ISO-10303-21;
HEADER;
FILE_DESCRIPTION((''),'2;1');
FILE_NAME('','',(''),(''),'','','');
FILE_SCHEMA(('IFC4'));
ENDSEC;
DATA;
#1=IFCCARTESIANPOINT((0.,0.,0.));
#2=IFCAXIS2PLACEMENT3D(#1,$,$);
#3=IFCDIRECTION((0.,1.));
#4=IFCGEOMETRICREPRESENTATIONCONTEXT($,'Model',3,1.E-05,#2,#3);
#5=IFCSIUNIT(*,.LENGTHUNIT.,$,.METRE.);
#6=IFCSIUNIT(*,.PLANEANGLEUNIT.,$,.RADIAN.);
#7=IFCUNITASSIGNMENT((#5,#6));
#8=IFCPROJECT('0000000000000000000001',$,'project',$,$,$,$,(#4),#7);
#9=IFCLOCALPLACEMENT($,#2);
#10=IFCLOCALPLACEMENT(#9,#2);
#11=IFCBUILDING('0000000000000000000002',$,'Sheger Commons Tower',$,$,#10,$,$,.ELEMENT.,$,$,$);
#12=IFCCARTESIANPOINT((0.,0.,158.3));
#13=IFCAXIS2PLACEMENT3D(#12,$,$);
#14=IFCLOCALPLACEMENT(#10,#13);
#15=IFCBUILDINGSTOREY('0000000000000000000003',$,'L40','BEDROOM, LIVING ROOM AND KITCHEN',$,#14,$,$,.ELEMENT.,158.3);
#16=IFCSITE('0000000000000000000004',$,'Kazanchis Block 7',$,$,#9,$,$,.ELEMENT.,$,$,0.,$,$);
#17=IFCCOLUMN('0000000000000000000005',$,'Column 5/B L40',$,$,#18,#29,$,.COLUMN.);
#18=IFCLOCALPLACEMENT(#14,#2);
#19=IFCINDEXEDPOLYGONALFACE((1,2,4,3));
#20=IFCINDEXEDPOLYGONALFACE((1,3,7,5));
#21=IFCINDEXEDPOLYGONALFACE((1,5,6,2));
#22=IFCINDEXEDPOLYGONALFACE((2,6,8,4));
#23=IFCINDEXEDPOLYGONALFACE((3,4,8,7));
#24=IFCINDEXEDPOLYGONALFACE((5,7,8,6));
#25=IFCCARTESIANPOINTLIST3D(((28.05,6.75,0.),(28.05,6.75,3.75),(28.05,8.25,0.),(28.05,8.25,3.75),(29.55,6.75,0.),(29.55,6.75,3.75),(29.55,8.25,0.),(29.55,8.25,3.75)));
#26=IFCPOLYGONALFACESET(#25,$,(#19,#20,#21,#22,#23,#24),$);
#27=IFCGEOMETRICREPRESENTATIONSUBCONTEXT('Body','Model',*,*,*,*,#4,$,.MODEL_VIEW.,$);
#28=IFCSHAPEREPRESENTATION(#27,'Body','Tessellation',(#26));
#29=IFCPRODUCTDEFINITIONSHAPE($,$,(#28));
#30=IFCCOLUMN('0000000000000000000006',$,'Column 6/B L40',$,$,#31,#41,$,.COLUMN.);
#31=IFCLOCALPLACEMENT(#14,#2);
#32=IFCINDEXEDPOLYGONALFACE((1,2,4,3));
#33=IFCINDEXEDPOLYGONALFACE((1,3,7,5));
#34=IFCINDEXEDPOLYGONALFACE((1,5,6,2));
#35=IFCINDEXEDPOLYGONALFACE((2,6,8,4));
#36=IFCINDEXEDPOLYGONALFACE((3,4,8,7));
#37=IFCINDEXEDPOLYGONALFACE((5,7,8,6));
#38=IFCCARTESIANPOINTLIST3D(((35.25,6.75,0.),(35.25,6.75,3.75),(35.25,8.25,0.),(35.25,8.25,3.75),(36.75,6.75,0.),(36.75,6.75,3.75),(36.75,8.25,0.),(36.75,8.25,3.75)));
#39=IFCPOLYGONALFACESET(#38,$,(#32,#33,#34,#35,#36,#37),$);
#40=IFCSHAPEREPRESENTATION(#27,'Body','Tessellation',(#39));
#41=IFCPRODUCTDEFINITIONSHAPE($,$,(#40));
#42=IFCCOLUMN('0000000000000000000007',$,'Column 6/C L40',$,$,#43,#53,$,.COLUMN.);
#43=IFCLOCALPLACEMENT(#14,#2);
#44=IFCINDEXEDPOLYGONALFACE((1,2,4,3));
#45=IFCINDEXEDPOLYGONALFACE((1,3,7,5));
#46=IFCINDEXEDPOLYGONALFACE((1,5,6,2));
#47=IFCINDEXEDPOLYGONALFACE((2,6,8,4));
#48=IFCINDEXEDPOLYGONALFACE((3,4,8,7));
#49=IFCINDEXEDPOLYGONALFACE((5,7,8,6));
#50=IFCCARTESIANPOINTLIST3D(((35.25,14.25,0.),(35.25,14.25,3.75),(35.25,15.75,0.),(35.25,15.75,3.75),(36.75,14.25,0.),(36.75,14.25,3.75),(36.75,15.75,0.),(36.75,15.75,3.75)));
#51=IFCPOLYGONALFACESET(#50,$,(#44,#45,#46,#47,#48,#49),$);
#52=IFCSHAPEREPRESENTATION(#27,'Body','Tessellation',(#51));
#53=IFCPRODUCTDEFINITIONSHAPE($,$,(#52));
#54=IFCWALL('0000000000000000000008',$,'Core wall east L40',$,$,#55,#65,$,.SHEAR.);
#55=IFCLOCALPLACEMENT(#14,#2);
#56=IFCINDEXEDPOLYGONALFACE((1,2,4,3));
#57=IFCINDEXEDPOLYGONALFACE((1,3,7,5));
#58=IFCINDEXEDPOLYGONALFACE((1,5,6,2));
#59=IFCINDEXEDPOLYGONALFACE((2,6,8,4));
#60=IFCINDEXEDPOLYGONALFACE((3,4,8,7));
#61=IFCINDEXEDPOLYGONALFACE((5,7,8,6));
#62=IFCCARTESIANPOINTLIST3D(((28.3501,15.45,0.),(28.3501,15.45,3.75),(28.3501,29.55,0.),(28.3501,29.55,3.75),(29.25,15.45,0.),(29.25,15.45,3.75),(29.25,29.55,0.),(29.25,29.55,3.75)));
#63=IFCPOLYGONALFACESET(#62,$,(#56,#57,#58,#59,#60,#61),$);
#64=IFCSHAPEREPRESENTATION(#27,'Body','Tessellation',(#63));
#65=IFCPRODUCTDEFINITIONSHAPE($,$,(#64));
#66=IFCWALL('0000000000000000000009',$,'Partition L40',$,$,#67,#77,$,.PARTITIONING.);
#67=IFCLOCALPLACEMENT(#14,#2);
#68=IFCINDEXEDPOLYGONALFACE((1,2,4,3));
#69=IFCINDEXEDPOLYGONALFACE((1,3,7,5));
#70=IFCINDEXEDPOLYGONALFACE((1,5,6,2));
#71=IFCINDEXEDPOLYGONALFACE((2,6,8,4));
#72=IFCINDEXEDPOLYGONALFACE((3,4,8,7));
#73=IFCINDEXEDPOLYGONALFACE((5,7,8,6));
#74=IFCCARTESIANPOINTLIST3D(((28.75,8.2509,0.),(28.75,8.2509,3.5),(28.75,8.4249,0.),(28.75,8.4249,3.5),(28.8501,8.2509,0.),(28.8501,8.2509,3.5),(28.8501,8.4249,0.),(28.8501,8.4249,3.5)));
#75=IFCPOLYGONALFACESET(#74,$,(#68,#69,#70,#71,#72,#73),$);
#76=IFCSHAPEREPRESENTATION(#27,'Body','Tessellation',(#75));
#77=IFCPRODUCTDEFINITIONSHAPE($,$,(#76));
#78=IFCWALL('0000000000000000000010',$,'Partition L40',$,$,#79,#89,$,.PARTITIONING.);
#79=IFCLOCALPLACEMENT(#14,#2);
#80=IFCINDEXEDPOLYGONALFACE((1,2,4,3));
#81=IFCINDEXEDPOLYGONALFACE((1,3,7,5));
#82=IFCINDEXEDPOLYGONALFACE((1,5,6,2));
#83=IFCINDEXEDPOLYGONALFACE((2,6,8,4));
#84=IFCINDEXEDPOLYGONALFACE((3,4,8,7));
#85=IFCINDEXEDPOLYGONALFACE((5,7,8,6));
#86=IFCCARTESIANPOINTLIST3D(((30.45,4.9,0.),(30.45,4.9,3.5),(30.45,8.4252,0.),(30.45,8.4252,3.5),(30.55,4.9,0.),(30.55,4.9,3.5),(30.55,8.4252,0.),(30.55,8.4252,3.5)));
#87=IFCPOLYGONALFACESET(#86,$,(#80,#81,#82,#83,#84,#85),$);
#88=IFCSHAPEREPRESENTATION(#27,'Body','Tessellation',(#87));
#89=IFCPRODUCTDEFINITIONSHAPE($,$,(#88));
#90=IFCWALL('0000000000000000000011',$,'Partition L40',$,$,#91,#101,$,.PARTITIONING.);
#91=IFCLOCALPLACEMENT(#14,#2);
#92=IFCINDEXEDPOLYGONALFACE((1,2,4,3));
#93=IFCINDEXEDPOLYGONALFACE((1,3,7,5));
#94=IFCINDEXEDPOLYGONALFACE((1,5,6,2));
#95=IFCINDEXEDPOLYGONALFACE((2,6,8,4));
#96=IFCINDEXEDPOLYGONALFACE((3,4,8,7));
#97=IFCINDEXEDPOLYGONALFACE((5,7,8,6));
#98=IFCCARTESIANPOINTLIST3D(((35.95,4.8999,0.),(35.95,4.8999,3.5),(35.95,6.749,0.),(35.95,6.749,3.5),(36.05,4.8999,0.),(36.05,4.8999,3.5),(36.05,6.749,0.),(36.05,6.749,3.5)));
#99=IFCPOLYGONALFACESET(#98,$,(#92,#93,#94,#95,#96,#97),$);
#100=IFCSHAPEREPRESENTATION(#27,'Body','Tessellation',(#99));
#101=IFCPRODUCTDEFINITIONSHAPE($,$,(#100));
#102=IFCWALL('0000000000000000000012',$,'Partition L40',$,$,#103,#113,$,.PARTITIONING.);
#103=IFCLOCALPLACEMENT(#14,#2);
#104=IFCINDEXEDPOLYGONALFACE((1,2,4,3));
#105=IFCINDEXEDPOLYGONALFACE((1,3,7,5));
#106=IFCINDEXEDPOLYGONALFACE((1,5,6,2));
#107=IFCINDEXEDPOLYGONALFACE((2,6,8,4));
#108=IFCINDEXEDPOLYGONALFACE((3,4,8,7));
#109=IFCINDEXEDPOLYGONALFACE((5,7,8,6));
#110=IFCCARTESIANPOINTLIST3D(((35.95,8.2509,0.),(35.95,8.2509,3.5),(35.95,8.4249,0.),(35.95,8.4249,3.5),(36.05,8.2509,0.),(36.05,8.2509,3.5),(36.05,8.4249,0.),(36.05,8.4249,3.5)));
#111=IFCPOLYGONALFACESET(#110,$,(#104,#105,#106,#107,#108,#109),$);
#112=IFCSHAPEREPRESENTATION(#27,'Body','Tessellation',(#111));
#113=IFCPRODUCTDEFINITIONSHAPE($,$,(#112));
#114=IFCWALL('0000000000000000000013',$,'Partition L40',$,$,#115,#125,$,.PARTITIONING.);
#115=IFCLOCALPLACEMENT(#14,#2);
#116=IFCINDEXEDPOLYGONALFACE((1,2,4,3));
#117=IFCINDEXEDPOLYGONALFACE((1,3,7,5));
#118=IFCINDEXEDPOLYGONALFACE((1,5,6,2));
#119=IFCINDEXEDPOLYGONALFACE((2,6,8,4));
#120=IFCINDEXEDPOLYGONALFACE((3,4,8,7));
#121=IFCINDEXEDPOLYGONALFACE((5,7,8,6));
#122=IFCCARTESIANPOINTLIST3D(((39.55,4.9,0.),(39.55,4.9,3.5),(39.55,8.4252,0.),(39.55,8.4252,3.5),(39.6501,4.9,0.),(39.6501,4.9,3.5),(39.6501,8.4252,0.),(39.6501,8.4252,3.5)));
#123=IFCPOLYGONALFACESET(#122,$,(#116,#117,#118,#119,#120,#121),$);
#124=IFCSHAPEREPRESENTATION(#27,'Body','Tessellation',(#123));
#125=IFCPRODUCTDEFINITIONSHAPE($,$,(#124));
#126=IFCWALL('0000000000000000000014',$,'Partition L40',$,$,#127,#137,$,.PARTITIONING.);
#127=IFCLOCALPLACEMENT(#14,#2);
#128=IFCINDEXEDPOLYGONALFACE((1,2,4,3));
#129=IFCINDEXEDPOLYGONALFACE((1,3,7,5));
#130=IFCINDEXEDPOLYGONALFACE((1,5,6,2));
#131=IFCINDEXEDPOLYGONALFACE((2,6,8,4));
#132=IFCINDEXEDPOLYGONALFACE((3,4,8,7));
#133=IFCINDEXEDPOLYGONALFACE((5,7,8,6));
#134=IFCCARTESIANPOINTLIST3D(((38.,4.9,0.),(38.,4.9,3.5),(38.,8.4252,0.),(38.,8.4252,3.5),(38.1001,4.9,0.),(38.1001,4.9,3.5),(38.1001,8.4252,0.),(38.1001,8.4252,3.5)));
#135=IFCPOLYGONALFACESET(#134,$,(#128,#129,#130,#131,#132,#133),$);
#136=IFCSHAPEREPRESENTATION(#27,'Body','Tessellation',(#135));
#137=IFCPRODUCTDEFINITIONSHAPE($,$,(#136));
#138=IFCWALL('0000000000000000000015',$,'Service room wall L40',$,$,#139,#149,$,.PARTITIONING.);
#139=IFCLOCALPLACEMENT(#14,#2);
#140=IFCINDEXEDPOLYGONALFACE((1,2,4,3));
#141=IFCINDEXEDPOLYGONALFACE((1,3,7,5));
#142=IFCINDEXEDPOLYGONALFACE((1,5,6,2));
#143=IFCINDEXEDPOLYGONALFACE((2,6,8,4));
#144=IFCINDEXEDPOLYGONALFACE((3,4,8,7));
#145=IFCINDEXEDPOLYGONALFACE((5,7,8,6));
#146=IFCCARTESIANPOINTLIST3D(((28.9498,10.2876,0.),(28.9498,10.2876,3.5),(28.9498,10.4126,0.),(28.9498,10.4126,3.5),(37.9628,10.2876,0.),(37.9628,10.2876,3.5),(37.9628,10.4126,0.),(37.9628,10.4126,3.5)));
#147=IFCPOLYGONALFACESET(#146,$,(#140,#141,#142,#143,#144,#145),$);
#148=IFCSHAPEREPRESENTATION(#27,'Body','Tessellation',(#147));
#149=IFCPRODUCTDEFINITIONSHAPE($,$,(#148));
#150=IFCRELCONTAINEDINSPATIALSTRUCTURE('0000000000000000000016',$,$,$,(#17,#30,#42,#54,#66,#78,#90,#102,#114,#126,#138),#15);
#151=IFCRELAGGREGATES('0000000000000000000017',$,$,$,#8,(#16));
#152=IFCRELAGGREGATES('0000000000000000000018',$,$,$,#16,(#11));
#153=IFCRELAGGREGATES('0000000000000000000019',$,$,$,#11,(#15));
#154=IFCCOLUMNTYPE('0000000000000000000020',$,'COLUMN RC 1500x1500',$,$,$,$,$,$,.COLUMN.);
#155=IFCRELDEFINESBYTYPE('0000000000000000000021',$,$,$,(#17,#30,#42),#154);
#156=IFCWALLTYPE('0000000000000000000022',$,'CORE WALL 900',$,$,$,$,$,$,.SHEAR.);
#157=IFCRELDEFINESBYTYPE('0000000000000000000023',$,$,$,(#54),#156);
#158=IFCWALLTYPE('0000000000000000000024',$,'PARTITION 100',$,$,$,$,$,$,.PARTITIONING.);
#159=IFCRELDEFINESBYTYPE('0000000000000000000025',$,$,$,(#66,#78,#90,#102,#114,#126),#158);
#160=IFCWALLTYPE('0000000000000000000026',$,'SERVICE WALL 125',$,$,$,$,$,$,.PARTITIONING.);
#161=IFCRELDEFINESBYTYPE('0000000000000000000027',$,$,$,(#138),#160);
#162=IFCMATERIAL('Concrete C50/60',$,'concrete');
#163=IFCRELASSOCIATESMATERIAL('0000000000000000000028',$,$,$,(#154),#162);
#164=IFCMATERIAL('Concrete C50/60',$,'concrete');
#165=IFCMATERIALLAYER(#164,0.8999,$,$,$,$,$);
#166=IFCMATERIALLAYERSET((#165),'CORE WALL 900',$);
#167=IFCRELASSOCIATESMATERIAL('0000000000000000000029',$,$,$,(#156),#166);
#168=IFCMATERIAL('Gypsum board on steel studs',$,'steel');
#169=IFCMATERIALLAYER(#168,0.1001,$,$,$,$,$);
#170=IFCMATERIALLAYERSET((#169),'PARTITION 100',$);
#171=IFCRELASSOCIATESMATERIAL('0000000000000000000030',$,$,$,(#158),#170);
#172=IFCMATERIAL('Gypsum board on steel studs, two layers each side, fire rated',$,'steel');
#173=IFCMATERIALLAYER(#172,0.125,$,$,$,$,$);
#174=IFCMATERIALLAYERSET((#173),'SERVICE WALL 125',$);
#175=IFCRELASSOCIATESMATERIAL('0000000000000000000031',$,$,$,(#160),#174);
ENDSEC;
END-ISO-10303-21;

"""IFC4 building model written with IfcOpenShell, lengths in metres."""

from ifc_helpers import new_model, si_unit, direction, frame, frame_2d, origin, origin_2d, place, context, subcontext, project, spatial, rectangle, extrude, material, layer, layer_set, material_profile, profile_set, type_object, element, save


model = new_model("IFC4")

# Units and contexts
model_context = context("Model", 3, precision=1e-05, world=origin(), true_north=direction((0.0, 1.0)))
body_context = subcontext(model_context, "Body", "Model", "MODEL_VIEW")
ifc_project = project(units=[si_unit("LENGTHUNIT", "METRE"), si_unit("PLANEANGLEUNIT", "RADIAN")], contexts=[model_context])

# Site, building, storey
site_placement = place(None, origin())
site = spatial("IfcSite", under=ifc_project, at=site_placement, Name="Kazanchis Block 7", CompositionType="ELEMENT", RefElevation=0.0)
building_placement = place(site_placement, origin())
building = spatial("IfcBuilding", under=site, at=building_placement, Name="Sheger Commons Tower", CompositionType="ELEMENT")
storey_placement = place(building_placement, frame((0.0, 0.0, 158.3)))
storey = spatial("IfcBuildingStorey", under=building, at=storey_placement, Name="L40", Description="BEDROOM, LIVING ROOM AND KITCHEN", CompositionType="ELEMENT", Elevation=158.3)

# Columns
ifc_material_1 = material(Name="Concrete C50/60", Category="concrete")
ifc_material_profile = material_profile(ifc_material_1, rectangle(XDim=1.5, YDim=1.5, at=origin_2d()), Name="RC 1500x1500")
ifc_profile_set = profile_set([ifc_material_profile], Name="Concrete C50/60")
column_type = type_object("IfcColumnType", Name="COLUMN RC 1500x1500", PredefinedType="COLUMN", material=ifc_profile_set)
for number, where, z_axis, x_axis, name in (
    (1, (28.8, 7.5, 0.0), (0.0, 0.0, 1.0), (1.0, 0.0, 0.0), "Column 5/B L40"),
    (2, (36.0, 7.5, 0.0), (0.0, 0.0, 1.0), (1.0, 0.0, 0.0), "Column 6/B L40"),
    (3, (36.0, 15.0, 0.0), (0.0, 0.0, 1.0), (1.0, 0.0, 0.0), "Column 6/C L40"),
):
    element("IfcColumn", number, at=place(storey_placement, frame(where, z_axis=z_axis, x_axis=x_axis)), inside=storey, type_object=column_type, Name=name, PredefinedType="COLUMN", context=body_context, shape_type="SweptSolid", body=[
        extrude(rectangle(XDim=1.5, YDim=1.5, at=origin_2d()), origin(), (0.0, 0.0, 1.0), 3.75),
    ])

# Walls
ifc_material_2 = material(Name="Concrete C50/60", Category="concrete")
ifc_layer_1 = layer(ifc_material_2, 0.8999)
ifc_layer_set_1 = layer_set([ifc_layer_1], Name="CORE WALL 900")
wall_type_1 = type_object("IfcWallType", Name="CORE WALL 900", PredefinedType="SHEAR", material=ifc_layer_set_1)
wall_1_placement = place(storey_placement, frame((28.8, 15.45, 0.0), z_axis=(0.0, 0.0, 1.0), x_axis=(0.0, 1.0, 0.0)))
element("IfcWall", 4, at=wall_1_placement, inside=storey, type_object=wall_type_1, Name="Core wall east L40", PredefinedType="SHEAR", context=body_context, shape_type="SweptSolid", body=[
    extrude(rectangle(XDim=14.1001, YDim=0.8999, at=frame_2d((7.05, 0.0))), origin(), (0.0, 0.0, 1.0), 3.75),
])
ifc_material_3 = material(Name="Gypsum board on steel studs", Category="steel")
ifc_layer_2 = layer(ifc_material_3, 0.1001)
ifc_layer_set_2 = layer_set([ifc_layer_2], Name="PARTITION 100")
wall_type_2 = type_object("IfcWallType", Name="PARTITION 100", PredefinedType="PARTITIONING", material=ifc_layer_set_2)
wall_2_placement = place(storey_placement, frame((28.8, 8.251, 0.0), z_axis=(0.0, 0.0, 1.0), x_axis=(0.0, 1.0, 0.0)))
element("IfcWall", 5, at=wall_2_placement, inside=storey, type_object=wall_type_2, Name="Partition L40", PredefinedType="PARTITIONING", context=body_context, shape_type="SweptSolid", body=[
    extrude(rectangle(XDim=0.1741, YDim=0.1001, at=frame_2d((0.0869, 0.0))), origin(), (0.0, 0.0, 1.0), 3.5),
])
wall_3_placement = place(storey_placement, frame((30.5, 4.8999, 0.0), z_axis=(0.0, 0.0, 1.0), x_axis=(0.0, 1.0, 0.0)))
element("IfcWall", 6, at=wall_3_placement, inside=storey, type_object=wall_type_2, Name="Partition L40", PredefinedType="PARTITIONING", context=body_context, shape_type="SweptSolid", body=[
    extrude(rectangle(XDim=3.5251, YDim=0.1001, at=frame_2d((1.7627, 0.0))), origin(), (0.0, 0.0, 1.0), 3.5),
])
wall_4_placement = place(storey_placement, frame((36.0, 4.8999, 0.0), z_axis=(0.0, 0.0, 1.0), x_axis=(0.0, 1.0, 0.0)))
element("IfcWall", 7, at=wall_4_placement, inside=storey, type_object=wall_type_2, Name="Partition L40", PredefinedType="PARTITIONING", context=body_context, shape_type="SweptSolid", body=[
    extrude(rectangle(XDim=1.8491, YDim=0.1001, at=frame_2d((0.9246, 0.0))), origin(), (0.0, 0.0, 1.0), 3.5),
])
wall_5_placement = place(storey_placement, frame((36.0, 8.251, 0.0), z_axis=(0.0, 0.0, 1.0), x_axis=(0.0, 1.0, 0.0)))
element("IfcWall", 8, at=wall_5_placement, inside=storey, type_object=wall_type_2, Name="Partition L40", PredefinedType="PARTITIONING", context=body_context, shape_type="SweptSolid", body=[
    extrude(rectangle(XDim=0.1741, YDim=0.1001, at=frame_2d((0.0869, 0.0))), origin(), (0.0, 0.0, 1.0), 3.5),
])
for number, where, z_axis, x_axis, name in (
    (9, (39.6001, 4.8999, 0.0), (0.0, 0.0, 1.0), (0.0, 1.0, 0.0), "Partition L40"),
    (10, (38.05, 4.8999, 0.0), (0.0, 0.0, 1.0), (0.0, 1.0, 0.0), "Partition L40"),
):
    element("IfcWall", number, at=place(storey_placement, frame(where, z_axis=z_axis, x_axis=x_axis)), inside=storey, type_object=wall_type_2, Name=name, PredefinedType="PARTITIONING", context=body_context, shape_type="SweptSolid", body=[
        extrude(rectangle(XDim=3.5251, YDim=0.1001, at=frame_2d((1.7627, 0.0))), origin(), (0.0, 0.0, 1.0), 3.5),
    ])
ifc_material_4 = material(Name="Gypsum board on steel studs, two layers each side, fire rated", Category="steel")
ifc_layer_3 = layer(ifc_material_4, 0.125)
ifc_layer_set_3 = layer_set([ifc_layer_3], Name="SERVICE WALL 125")
wall_type_3 = type_object("IfcWallType", Name="SERVICE WALL 125", PredefinedType="PARTITIONING", material=ifc_layer_set_3)
wall_6_placement = place(storey_placement, frame((28.95, 10.3501, 0.0), z_axis=(0.0, 0.0, 1.0), x_axis=(1.0, 0.0, 0.0)))
element("IfcWall", 11, at=wall_6_placement, inside=storey, type_object=wall_type_3, Name="Service room wall L40", PredefinedType="PARTITIONING", context=body_context, shape_type="SweptSolid", body=[
    extrude(rectangle(XDim=9.0129, YDim=0.125, at=frame_2d((4.5063, 0.0))), origin(), (0.0, 0.0, 1.0), 3.5),
])

save(model, "model.ifc")
